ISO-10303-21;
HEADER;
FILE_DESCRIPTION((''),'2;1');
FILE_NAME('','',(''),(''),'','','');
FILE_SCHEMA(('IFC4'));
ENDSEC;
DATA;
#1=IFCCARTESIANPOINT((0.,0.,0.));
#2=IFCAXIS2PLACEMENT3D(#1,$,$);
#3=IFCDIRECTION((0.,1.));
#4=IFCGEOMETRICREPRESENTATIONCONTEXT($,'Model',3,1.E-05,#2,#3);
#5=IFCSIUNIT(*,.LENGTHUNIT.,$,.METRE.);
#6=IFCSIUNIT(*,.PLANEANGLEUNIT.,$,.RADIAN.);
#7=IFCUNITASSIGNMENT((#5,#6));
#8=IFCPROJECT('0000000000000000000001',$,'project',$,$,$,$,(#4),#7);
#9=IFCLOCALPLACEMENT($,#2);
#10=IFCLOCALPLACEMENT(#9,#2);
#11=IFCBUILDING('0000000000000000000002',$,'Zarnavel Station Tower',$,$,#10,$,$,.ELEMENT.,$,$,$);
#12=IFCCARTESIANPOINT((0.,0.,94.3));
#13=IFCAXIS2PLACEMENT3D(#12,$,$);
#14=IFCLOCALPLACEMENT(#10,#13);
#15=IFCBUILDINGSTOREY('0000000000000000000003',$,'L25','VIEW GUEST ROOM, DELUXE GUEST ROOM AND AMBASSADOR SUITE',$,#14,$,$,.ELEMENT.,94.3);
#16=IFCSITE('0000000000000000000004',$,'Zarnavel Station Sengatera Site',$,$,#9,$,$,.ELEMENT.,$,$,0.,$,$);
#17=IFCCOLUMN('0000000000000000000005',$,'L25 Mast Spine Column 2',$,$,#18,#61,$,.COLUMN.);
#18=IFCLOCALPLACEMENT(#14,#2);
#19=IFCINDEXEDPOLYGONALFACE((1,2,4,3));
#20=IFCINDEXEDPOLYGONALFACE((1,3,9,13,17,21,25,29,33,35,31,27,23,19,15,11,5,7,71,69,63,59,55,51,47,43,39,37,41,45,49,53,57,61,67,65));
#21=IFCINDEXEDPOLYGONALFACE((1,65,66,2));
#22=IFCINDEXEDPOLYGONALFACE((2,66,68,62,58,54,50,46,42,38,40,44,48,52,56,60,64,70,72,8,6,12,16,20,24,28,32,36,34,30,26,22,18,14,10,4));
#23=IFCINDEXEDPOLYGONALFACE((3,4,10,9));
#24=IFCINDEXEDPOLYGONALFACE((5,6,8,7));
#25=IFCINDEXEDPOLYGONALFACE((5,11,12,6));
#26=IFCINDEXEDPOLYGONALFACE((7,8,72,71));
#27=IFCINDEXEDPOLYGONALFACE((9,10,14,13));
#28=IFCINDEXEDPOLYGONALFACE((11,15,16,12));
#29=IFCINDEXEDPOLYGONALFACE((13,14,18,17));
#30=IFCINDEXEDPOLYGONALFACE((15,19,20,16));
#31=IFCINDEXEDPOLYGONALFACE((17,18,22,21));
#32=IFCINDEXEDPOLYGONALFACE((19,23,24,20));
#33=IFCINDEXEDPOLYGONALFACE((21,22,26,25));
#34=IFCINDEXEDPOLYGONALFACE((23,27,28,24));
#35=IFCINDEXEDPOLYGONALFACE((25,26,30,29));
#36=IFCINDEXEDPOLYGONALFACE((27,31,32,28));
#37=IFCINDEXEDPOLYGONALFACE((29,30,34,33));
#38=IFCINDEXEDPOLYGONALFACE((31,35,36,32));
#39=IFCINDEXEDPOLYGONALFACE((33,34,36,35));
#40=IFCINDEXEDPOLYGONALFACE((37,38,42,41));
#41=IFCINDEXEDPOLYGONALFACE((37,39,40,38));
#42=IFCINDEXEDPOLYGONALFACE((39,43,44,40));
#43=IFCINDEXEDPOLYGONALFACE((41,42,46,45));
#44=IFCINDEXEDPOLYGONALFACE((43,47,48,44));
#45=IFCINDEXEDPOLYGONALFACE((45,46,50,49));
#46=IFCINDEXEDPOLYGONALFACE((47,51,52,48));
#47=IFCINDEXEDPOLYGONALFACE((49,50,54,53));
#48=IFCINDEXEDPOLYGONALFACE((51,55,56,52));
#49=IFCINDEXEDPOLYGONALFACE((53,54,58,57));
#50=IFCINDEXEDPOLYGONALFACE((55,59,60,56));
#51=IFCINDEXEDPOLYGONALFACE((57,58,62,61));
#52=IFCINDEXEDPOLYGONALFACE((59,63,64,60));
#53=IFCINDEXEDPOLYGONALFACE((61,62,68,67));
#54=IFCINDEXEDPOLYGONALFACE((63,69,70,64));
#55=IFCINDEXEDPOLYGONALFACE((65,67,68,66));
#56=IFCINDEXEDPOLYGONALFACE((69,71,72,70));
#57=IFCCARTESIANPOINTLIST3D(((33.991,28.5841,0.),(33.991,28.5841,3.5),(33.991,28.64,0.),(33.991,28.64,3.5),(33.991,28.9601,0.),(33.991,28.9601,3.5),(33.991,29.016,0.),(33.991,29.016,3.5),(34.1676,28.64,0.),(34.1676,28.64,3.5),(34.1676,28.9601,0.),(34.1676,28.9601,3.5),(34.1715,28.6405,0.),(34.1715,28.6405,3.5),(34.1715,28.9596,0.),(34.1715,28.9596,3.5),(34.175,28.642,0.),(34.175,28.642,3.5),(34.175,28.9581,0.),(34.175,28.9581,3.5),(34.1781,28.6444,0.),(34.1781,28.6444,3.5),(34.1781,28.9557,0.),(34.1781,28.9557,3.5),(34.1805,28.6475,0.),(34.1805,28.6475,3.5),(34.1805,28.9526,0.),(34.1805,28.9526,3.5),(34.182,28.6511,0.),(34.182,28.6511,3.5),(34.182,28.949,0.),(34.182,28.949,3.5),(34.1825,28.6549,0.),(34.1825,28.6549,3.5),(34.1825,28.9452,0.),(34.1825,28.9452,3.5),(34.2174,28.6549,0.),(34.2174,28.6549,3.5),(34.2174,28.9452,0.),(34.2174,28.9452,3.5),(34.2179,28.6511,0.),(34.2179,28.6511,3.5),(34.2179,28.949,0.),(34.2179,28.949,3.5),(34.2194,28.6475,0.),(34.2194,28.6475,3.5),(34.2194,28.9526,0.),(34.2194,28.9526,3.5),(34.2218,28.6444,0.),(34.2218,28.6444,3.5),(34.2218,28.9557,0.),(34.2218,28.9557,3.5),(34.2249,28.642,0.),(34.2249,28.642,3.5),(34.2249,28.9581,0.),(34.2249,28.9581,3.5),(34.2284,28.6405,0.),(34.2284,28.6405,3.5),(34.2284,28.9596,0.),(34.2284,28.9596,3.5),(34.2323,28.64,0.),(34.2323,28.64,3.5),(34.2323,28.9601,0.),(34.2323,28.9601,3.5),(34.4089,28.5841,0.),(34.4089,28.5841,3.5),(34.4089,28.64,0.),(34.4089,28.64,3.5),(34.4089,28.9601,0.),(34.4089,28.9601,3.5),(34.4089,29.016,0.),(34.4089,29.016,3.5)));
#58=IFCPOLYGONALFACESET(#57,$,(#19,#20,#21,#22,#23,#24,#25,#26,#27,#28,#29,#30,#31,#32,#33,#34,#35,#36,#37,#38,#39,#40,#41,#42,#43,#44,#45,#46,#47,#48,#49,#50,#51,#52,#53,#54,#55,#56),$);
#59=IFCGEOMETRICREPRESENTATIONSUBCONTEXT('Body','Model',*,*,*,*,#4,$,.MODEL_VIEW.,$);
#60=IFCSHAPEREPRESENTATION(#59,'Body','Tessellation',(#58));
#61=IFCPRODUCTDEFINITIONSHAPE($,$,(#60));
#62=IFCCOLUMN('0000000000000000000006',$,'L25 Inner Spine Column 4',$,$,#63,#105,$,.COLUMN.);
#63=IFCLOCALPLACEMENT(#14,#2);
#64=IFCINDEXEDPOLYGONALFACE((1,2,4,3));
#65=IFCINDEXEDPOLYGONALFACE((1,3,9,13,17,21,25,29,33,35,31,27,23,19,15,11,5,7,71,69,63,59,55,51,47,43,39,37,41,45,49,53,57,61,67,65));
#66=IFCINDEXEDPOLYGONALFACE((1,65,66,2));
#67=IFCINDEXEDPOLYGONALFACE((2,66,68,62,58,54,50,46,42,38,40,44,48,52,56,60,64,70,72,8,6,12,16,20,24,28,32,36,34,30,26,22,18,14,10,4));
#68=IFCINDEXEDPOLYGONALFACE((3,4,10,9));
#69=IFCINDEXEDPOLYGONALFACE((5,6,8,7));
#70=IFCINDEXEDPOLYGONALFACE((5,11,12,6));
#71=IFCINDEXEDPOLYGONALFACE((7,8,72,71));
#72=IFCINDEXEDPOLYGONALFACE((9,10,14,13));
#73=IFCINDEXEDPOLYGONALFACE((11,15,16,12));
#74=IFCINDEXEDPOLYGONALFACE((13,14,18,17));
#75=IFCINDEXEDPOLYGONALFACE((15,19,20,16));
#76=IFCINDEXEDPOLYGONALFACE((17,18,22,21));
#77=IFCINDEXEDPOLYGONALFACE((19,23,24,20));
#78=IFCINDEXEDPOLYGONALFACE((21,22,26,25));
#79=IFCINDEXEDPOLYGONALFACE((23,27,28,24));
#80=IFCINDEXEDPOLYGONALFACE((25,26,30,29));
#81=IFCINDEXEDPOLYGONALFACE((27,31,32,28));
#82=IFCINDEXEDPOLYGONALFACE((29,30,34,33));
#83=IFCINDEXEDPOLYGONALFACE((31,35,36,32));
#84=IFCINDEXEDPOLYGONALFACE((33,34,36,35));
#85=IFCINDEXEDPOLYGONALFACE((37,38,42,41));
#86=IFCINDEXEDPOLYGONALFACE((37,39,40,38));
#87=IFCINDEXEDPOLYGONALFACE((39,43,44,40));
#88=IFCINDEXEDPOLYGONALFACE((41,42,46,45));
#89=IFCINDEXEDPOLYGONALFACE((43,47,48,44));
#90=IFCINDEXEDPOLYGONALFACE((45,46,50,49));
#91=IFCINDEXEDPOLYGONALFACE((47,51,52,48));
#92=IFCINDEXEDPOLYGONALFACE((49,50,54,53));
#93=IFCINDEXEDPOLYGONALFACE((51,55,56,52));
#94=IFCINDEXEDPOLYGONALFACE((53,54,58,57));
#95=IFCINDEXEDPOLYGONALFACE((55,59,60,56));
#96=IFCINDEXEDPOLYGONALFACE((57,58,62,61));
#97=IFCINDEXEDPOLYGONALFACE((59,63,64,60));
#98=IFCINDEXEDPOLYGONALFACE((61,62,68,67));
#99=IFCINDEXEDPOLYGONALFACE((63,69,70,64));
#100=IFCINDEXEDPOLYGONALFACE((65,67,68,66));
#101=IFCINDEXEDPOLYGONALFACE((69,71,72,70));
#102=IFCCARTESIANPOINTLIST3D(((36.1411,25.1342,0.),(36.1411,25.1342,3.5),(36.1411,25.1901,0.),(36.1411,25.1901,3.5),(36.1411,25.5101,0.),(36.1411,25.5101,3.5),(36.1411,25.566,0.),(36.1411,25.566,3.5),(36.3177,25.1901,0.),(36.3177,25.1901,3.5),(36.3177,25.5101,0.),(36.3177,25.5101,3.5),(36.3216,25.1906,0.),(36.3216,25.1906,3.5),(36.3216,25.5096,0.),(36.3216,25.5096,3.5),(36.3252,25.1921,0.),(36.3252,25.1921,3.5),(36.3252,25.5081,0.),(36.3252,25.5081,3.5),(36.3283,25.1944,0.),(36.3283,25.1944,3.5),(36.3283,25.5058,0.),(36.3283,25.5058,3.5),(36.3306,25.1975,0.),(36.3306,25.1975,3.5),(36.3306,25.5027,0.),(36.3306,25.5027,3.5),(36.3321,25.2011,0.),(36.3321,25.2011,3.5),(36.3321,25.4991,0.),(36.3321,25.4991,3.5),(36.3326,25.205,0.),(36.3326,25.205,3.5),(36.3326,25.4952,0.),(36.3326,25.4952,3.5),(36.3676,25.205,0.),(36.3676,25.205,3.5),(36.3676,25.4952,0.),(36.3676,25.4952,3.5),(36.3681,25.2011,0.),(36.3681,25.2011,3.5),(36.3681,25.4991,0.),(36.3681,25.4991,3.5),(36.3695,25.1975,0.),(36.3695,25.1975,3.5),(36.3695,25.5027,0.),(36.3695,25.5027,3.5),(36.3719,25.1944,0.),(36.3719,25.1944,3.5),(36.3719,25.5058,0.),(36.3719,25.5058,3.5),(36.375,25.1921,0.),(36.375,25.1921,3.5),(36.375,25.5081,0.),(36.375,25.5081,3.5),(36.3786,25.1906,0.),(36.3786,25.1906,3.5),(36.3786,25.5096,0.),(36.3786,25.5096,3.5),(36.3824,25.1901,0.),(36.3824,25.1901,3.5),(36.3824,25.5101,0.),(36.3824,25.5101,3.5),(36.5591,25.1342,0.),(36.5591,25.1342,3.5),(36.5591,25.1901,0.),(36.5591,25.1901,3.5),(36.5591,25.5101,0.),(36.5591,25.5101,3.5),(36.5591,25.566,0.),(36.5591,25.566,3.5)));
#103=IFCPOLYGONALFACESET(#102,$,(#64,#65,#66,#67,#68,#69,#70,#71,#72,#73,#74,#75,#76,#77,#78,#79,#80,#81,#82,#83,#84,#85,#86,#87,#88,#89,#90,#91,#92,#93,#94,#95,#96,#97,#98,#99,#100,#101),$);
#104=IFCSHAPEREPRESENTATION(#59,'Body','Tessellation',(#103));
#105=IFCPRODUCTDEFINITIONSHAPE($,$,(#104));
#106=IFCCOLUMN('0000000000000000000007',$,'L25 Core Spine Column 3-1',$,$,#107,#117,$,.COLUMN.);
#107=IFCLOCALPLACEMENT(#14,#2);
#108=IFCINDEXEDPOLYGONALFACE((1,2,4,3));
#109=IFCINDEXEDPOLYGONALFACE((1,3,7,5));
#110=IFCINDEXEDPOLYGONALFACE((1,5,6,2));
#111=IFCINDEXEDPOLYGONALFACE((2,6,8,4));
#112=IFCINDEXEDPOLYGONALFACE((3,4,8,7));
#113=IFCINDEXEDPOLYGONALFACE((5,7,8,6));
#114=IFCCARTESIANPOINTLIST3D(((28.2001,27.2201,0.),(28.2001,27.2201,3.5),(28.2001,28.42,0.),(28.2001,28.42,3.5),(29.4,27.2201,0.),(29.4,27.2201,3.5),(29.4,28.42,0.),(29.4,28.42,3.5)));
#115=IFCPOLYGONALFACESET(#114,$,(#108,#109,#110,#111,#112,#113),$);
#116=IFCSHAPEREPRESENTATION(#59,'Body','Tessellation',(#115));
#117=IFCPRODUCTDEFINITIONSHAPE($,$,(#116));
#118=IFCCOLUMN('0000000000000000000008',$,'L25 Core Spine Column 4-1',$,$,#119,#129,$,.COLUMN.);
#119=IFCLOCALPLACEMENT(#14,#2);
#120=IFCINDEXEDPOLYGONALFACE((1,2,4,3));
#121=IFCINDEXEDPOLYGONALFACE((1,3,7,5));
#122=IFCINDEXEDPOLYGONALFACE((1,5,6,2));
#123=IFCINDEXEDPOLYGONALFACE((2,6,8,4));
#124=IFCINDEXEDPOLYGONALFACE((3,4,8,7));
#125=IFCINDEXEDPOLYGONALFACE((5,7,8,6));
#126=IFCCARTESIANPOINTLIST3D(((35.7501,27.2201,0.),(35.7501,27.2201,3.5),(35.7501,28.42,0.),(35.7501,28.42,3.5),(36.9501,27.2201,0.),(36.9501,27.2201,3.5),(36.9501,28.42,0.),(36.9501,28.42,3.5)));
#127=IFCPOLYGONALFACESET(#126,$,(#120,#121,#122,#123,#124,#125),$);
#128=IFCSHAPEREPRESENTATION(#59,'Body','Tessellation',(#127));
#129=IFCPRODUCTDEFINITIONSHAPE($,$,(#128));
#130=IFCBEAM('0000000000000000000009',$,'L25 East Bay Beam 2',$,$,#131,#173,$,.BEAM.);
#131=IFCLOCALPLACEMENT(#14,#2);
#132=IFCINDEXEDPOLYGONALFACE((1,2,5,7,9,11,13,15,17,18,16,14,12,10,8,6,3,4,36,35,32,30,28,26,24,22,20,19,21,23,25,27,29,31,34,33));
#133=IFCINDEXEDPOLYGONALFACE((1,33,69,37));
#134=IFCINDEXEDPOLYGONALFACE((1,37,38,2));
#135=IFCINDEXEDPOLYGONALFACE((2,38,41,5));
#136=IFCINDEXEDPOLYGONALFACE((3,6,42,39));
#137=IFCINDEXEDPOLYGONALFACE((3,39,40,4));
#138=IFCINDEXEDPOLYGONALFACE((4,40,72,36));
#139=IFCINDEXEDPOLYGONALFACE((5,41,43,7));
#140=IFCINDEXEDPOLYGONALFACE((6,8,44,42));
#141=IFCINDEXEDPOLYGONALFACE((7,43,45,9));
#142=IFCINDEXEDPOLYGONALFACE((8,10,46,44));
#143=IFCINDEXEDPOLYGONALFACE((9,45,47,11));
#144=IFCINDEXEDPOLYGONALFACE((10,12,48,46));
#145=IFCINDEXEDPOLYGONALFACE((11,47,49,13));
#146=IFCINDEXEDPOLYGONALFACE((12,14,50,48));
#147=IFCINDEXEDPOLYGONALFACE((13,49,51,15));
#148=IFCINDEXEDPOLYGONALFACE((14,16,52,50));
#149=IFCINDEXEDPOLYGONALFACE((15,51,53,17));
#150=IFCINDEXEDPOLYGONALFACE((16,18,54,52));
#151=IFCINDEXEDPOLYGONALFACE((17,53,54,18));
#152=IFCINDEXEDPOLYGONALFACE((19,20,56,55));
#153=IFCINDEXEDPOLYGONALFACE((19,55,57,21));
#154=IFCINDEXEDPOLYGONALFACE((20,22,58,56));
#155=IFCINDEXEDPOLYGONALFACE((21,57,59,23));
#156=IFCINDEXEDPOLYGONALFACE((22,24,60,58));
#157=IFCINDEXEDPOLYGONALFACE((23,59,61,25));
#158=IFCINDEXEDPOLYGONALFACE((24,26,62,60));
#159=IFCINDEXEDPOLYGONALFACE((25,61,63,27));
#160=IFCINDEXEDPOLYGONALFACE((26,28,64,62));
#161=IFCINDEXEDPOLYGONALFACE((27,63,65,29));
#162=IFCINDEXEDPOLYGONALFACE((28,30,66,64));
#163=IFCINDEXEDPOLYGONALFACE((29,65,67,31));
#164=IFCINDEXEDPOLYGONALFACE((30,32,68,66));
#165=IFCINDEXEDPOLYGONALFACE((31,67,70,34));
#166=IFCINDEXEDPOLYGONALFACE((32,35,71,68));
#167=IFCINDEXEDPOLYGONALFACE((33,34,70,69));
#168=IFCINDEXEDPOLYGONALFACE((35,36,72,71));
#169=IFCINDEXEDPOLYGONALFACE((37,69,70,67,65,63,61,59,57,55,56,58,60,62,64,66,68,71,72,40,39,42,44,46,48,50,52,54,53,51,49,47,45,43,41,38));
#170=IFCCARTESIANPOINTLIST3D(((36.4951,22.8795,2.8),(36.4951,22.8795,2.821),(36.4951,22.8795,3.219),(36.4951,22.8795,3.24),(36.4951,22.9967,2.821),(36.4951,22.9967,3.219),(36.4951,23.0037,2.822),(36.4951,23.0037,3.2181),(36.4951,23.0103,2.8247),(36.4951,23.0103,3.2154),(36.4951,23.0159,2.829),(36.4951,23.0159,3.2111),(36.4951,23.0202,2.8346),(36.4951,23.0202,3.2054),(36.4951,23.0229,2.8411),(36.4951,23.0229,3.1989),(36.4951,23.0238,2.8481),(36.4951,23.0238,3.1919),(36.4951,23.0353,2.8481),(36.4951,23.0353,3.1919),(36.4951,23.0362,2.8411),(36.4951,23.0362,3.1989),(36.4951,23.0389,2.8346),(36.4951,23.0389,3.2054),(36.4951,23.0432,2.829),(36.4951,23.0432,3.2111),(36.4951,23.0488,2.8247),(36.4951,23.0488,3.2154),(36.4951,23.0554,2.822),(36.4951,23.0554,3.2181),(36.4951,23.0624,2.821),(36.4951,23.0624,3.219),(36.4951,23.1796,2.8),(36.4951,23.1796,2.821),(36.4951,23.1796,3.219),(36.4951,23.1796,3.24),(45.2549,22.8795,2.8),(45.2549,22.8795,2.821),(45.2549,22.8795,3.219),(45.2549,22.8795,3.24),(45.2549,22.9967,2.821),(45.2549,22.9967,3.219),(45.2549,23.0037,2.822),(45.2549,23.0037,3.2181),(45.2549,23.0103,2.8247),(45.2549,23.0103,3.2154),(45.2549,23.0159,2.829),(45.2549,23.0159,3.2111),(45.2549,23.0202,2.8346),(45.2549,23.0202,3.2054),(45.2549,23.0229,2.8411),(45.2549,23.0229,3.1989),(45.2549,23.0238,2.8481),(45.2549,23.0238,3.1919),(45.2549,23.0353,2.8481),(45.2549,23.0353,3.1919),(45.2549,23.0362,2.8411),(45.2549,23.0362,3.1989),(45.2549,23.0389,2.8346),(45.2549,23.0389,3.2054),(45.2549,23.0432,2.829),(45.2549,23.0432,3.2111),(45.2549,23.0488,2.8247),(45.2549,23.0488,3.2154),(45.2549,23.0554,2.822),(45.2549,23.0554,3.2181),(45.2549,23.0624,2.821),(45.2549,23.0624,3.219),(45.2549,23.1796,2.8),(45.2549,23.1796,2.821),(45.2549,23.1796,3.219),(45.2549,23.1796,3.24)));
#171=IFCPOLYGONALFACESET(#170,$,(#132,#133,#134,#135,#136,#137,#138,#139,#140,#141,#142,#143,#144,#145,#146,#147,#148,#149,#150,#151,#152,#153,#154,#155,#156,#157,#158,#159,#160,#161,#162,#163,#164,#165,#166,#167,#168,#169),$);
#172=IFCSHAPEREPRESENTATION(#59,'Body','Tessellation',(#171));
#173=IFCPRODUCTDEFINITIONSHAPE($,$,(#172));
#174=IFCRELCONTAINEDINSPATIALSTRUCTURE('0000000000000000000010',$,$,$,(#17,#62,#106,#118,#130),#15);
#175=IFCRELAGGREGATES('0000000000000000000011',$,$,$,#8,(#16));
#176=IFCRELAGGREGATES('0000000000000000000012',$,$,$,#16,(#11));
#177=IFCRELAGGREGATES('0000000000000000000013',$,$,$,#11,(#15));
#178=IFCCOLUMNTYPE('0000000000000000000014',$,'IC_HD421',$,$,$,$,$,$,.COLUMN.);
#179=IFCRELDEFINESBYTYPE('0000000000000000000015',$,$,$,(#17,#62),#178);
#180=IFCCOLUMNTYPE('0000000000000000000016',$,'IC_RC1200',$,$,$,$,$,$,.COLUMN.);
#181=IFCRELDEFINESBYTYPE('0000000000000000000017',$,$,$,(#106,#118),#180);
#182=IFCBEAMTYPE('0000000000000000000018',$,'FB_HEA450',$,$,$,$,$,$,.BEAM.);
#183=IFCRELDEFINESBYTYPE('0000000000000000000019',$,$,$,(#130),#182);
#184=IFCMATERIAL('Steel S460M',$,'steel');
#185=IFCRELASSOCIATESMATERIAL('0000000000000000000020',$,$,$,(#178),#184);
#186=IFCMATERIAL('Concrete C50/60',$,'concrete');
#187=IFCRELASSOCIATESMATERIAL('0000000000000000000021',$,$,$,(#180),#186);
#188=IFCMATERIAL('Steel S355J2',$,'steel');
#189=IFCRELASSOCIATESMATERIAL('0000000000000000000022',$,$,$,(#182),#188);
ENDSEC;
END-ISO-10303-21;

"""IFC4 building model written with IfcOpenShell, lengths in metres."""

from ifc_helpers import new_model, si_unit, direction, frame, origin, origin_2d, place, context, subcontext, project, spatial, rectangle, i_section, extrude, material, material_profile, profile_set, type_object, element, save


model = new_model("IFC4")

# Units and contexts
model_context = context("Model", 3, precision=1e-05, world=origin(), true_north=direction((0.0, 1.0)))
body_context = subcontext(model_context, "Body", "Model", "MODEL_VIEW")
ifc_project = project(units=[si_unit("LENGTHUNIT", "METRE"), si_unit("PLANEANGLEUNIT", "RADIAN")], contexts=[model_context])

# Site, building, storey
site_placement = place(None, origin())
site = spatial("IfcSite", under=ifc_project, at=site_placement, Name="Zarnavel Station Sengatera Site", CompositionType="ELEMENT", RefElevation=0.0)
building_placement = place(site_placement, origin())
building = spatial("IfcBuilding", under=site, at=building_placement, Name="Zarnavel Station Tower", CompositionType="ELEMENT")
storey_placement = place(building_placement, frame((0.0, 0.0, 94.3)))
storey = spatial("IfcBuildingStorey", under=building, at=storey_placement, Name="L25", Description="VIEW GUEST ROOM, DELUXE GUEST ROOM AND AMBASSADOR SUITE", CompositionType="ELEMENT", Elevation=94.3)

# Columns
ifc_material_1 = material(Name="Steel S460M", Category="steel")
ifc_material_profile_1 = material_profile(ifc_material_1, i_section(OverallWidth=0.418, OverallDepth=0.4319, WebThickness=0.0349, FlangeThickness=0.0559, FilletRadius=0.0149, at=origin_2d()), Name="HD400x421")
ifc_profile_set_1 = profile_set([ifc_material_profile_1], Name="Steel S460M")
column_type_1 = type_object("IfcColumnType", Name="IC_HD421", PredefinedType="COLUMN", material=ifc_profile_set_1)
for number, where, z_axis, x_axis, name in (
    (1, (34.2, 28.8, 0.0), (0.0, 0.0, 1.0), (1.0, 0.0, 0.0), "L25 Mast Spine Column 2"),
    (2, (36.3501, 25.3501, 0.0), (0.0, 0.0, 1.0), (1.0, 0.0, 0.0), "L25 Inner Spine Column 4"),
):
    element("IfcColumn", number, at=place(storey_placement, frame(where, z_axis=z_axis, x_axis=x_axis)), inside=storey, type_object=column_type_1, Name=name, PredefinedType="COLUMN", context=body_context, shape_type="SweptSolid", body=[
        extrude(i_section(OverallWidth=0.418, OverallDepth=0.4319, WebThickness=0.0349, FlangeThickness=0.0559, FilletRadius=0.0149, at=origin_2d()), origin(), (0.0, 0.0, 1.0), 3.5),
    ])
ifc_material_2 = material(Name="Concrete C50/60", Category="concrete")
ifc_material_profile_2 = material_profile(ifc_material_2, rectangle(XDim=1.2, YDim=1.2, at=origin_2d()), Name="RC1200x1200")
ifc_profile_set_2 = profile_set([ifc_material_profile_2], Name="Concrete C50/60")
column_type_2 = type_object("IfcColumnType", Name="IC_RC1200", PredefinedType="COLUMN", material=ifc_profile_set_2)
for number, where, z_axis, x_axis, name in (
    (3, (28.8, 27.8201, 0.0), (0.0, 0.0, 1.0), (1.0, 0.0, 0.0), "L25 Core Spine Column 3-1"),
    (4, (36.3501, 27.8201, 0.0), (0.0, 0.0, 1.0), (1.0, 0.0, 0.0), "L25 Core Spine Column 4-1"),
):
    element("IfcColumn", number, at=place(storey_placement, frame(where, z_axis=z_axis, x_axis=x_axis)), inside=storey, type_object=column_type_2, Name=name, PredefinedType="COLUMN", context=body_context, shape_type="SweptSolid", body=[
        extrude(rectangle(XDim=1.2, YDim=1.2, at=origin_2d()), origin(), (0.0, 0.0, 1.0), 3.5),
    ])

# Beam
ifc_material_3 = material(Name="Steel S355J2", Category="steel")
ifc_material_profile_3 = material_profile(ifc_material_3, i_section(OverallWidth=0.3, OverallDepth=0.4399, WebThickness=0.0115, FlangeThickness=0.021, FilletRadius=0.0271, at=origin_2d()), Name="HEA450")
ifc_profile_set_3 = profile_set([ifc_material_profile_3], Name="Steel S355J2")
beam_type_1 = type_object("IfcBeamType", Name="FB_HEA450", PredefinedType="BEAM", material=ifc_profile_set_3)
beam_1_placement = place(storey_placement, frame((36.4951, 23.0295, 3.02), z_axis=(1.0, 0.0, 0.0), x_axis=(0.0, 1.0, 0.0)))
element("IfcBeam", 5, at=beam_1_placement, inside=storey, type_object=beam_type_1, Name="L25 East Bay Beam 2", PredefinedType="BEAM", context=body_context, shape_type="SweptSolid", body=[
    extrude(i_section(OverallWidth=0.3, OverallDepth=0.4399, WebThickness=0.0115, FlangeThickness=0.021, FilletRadius=0.0271, at=origin_2d()), origin(), (0.0, 0.0, 1.0), 8.7598),
])

save(model, "model.ifc")
